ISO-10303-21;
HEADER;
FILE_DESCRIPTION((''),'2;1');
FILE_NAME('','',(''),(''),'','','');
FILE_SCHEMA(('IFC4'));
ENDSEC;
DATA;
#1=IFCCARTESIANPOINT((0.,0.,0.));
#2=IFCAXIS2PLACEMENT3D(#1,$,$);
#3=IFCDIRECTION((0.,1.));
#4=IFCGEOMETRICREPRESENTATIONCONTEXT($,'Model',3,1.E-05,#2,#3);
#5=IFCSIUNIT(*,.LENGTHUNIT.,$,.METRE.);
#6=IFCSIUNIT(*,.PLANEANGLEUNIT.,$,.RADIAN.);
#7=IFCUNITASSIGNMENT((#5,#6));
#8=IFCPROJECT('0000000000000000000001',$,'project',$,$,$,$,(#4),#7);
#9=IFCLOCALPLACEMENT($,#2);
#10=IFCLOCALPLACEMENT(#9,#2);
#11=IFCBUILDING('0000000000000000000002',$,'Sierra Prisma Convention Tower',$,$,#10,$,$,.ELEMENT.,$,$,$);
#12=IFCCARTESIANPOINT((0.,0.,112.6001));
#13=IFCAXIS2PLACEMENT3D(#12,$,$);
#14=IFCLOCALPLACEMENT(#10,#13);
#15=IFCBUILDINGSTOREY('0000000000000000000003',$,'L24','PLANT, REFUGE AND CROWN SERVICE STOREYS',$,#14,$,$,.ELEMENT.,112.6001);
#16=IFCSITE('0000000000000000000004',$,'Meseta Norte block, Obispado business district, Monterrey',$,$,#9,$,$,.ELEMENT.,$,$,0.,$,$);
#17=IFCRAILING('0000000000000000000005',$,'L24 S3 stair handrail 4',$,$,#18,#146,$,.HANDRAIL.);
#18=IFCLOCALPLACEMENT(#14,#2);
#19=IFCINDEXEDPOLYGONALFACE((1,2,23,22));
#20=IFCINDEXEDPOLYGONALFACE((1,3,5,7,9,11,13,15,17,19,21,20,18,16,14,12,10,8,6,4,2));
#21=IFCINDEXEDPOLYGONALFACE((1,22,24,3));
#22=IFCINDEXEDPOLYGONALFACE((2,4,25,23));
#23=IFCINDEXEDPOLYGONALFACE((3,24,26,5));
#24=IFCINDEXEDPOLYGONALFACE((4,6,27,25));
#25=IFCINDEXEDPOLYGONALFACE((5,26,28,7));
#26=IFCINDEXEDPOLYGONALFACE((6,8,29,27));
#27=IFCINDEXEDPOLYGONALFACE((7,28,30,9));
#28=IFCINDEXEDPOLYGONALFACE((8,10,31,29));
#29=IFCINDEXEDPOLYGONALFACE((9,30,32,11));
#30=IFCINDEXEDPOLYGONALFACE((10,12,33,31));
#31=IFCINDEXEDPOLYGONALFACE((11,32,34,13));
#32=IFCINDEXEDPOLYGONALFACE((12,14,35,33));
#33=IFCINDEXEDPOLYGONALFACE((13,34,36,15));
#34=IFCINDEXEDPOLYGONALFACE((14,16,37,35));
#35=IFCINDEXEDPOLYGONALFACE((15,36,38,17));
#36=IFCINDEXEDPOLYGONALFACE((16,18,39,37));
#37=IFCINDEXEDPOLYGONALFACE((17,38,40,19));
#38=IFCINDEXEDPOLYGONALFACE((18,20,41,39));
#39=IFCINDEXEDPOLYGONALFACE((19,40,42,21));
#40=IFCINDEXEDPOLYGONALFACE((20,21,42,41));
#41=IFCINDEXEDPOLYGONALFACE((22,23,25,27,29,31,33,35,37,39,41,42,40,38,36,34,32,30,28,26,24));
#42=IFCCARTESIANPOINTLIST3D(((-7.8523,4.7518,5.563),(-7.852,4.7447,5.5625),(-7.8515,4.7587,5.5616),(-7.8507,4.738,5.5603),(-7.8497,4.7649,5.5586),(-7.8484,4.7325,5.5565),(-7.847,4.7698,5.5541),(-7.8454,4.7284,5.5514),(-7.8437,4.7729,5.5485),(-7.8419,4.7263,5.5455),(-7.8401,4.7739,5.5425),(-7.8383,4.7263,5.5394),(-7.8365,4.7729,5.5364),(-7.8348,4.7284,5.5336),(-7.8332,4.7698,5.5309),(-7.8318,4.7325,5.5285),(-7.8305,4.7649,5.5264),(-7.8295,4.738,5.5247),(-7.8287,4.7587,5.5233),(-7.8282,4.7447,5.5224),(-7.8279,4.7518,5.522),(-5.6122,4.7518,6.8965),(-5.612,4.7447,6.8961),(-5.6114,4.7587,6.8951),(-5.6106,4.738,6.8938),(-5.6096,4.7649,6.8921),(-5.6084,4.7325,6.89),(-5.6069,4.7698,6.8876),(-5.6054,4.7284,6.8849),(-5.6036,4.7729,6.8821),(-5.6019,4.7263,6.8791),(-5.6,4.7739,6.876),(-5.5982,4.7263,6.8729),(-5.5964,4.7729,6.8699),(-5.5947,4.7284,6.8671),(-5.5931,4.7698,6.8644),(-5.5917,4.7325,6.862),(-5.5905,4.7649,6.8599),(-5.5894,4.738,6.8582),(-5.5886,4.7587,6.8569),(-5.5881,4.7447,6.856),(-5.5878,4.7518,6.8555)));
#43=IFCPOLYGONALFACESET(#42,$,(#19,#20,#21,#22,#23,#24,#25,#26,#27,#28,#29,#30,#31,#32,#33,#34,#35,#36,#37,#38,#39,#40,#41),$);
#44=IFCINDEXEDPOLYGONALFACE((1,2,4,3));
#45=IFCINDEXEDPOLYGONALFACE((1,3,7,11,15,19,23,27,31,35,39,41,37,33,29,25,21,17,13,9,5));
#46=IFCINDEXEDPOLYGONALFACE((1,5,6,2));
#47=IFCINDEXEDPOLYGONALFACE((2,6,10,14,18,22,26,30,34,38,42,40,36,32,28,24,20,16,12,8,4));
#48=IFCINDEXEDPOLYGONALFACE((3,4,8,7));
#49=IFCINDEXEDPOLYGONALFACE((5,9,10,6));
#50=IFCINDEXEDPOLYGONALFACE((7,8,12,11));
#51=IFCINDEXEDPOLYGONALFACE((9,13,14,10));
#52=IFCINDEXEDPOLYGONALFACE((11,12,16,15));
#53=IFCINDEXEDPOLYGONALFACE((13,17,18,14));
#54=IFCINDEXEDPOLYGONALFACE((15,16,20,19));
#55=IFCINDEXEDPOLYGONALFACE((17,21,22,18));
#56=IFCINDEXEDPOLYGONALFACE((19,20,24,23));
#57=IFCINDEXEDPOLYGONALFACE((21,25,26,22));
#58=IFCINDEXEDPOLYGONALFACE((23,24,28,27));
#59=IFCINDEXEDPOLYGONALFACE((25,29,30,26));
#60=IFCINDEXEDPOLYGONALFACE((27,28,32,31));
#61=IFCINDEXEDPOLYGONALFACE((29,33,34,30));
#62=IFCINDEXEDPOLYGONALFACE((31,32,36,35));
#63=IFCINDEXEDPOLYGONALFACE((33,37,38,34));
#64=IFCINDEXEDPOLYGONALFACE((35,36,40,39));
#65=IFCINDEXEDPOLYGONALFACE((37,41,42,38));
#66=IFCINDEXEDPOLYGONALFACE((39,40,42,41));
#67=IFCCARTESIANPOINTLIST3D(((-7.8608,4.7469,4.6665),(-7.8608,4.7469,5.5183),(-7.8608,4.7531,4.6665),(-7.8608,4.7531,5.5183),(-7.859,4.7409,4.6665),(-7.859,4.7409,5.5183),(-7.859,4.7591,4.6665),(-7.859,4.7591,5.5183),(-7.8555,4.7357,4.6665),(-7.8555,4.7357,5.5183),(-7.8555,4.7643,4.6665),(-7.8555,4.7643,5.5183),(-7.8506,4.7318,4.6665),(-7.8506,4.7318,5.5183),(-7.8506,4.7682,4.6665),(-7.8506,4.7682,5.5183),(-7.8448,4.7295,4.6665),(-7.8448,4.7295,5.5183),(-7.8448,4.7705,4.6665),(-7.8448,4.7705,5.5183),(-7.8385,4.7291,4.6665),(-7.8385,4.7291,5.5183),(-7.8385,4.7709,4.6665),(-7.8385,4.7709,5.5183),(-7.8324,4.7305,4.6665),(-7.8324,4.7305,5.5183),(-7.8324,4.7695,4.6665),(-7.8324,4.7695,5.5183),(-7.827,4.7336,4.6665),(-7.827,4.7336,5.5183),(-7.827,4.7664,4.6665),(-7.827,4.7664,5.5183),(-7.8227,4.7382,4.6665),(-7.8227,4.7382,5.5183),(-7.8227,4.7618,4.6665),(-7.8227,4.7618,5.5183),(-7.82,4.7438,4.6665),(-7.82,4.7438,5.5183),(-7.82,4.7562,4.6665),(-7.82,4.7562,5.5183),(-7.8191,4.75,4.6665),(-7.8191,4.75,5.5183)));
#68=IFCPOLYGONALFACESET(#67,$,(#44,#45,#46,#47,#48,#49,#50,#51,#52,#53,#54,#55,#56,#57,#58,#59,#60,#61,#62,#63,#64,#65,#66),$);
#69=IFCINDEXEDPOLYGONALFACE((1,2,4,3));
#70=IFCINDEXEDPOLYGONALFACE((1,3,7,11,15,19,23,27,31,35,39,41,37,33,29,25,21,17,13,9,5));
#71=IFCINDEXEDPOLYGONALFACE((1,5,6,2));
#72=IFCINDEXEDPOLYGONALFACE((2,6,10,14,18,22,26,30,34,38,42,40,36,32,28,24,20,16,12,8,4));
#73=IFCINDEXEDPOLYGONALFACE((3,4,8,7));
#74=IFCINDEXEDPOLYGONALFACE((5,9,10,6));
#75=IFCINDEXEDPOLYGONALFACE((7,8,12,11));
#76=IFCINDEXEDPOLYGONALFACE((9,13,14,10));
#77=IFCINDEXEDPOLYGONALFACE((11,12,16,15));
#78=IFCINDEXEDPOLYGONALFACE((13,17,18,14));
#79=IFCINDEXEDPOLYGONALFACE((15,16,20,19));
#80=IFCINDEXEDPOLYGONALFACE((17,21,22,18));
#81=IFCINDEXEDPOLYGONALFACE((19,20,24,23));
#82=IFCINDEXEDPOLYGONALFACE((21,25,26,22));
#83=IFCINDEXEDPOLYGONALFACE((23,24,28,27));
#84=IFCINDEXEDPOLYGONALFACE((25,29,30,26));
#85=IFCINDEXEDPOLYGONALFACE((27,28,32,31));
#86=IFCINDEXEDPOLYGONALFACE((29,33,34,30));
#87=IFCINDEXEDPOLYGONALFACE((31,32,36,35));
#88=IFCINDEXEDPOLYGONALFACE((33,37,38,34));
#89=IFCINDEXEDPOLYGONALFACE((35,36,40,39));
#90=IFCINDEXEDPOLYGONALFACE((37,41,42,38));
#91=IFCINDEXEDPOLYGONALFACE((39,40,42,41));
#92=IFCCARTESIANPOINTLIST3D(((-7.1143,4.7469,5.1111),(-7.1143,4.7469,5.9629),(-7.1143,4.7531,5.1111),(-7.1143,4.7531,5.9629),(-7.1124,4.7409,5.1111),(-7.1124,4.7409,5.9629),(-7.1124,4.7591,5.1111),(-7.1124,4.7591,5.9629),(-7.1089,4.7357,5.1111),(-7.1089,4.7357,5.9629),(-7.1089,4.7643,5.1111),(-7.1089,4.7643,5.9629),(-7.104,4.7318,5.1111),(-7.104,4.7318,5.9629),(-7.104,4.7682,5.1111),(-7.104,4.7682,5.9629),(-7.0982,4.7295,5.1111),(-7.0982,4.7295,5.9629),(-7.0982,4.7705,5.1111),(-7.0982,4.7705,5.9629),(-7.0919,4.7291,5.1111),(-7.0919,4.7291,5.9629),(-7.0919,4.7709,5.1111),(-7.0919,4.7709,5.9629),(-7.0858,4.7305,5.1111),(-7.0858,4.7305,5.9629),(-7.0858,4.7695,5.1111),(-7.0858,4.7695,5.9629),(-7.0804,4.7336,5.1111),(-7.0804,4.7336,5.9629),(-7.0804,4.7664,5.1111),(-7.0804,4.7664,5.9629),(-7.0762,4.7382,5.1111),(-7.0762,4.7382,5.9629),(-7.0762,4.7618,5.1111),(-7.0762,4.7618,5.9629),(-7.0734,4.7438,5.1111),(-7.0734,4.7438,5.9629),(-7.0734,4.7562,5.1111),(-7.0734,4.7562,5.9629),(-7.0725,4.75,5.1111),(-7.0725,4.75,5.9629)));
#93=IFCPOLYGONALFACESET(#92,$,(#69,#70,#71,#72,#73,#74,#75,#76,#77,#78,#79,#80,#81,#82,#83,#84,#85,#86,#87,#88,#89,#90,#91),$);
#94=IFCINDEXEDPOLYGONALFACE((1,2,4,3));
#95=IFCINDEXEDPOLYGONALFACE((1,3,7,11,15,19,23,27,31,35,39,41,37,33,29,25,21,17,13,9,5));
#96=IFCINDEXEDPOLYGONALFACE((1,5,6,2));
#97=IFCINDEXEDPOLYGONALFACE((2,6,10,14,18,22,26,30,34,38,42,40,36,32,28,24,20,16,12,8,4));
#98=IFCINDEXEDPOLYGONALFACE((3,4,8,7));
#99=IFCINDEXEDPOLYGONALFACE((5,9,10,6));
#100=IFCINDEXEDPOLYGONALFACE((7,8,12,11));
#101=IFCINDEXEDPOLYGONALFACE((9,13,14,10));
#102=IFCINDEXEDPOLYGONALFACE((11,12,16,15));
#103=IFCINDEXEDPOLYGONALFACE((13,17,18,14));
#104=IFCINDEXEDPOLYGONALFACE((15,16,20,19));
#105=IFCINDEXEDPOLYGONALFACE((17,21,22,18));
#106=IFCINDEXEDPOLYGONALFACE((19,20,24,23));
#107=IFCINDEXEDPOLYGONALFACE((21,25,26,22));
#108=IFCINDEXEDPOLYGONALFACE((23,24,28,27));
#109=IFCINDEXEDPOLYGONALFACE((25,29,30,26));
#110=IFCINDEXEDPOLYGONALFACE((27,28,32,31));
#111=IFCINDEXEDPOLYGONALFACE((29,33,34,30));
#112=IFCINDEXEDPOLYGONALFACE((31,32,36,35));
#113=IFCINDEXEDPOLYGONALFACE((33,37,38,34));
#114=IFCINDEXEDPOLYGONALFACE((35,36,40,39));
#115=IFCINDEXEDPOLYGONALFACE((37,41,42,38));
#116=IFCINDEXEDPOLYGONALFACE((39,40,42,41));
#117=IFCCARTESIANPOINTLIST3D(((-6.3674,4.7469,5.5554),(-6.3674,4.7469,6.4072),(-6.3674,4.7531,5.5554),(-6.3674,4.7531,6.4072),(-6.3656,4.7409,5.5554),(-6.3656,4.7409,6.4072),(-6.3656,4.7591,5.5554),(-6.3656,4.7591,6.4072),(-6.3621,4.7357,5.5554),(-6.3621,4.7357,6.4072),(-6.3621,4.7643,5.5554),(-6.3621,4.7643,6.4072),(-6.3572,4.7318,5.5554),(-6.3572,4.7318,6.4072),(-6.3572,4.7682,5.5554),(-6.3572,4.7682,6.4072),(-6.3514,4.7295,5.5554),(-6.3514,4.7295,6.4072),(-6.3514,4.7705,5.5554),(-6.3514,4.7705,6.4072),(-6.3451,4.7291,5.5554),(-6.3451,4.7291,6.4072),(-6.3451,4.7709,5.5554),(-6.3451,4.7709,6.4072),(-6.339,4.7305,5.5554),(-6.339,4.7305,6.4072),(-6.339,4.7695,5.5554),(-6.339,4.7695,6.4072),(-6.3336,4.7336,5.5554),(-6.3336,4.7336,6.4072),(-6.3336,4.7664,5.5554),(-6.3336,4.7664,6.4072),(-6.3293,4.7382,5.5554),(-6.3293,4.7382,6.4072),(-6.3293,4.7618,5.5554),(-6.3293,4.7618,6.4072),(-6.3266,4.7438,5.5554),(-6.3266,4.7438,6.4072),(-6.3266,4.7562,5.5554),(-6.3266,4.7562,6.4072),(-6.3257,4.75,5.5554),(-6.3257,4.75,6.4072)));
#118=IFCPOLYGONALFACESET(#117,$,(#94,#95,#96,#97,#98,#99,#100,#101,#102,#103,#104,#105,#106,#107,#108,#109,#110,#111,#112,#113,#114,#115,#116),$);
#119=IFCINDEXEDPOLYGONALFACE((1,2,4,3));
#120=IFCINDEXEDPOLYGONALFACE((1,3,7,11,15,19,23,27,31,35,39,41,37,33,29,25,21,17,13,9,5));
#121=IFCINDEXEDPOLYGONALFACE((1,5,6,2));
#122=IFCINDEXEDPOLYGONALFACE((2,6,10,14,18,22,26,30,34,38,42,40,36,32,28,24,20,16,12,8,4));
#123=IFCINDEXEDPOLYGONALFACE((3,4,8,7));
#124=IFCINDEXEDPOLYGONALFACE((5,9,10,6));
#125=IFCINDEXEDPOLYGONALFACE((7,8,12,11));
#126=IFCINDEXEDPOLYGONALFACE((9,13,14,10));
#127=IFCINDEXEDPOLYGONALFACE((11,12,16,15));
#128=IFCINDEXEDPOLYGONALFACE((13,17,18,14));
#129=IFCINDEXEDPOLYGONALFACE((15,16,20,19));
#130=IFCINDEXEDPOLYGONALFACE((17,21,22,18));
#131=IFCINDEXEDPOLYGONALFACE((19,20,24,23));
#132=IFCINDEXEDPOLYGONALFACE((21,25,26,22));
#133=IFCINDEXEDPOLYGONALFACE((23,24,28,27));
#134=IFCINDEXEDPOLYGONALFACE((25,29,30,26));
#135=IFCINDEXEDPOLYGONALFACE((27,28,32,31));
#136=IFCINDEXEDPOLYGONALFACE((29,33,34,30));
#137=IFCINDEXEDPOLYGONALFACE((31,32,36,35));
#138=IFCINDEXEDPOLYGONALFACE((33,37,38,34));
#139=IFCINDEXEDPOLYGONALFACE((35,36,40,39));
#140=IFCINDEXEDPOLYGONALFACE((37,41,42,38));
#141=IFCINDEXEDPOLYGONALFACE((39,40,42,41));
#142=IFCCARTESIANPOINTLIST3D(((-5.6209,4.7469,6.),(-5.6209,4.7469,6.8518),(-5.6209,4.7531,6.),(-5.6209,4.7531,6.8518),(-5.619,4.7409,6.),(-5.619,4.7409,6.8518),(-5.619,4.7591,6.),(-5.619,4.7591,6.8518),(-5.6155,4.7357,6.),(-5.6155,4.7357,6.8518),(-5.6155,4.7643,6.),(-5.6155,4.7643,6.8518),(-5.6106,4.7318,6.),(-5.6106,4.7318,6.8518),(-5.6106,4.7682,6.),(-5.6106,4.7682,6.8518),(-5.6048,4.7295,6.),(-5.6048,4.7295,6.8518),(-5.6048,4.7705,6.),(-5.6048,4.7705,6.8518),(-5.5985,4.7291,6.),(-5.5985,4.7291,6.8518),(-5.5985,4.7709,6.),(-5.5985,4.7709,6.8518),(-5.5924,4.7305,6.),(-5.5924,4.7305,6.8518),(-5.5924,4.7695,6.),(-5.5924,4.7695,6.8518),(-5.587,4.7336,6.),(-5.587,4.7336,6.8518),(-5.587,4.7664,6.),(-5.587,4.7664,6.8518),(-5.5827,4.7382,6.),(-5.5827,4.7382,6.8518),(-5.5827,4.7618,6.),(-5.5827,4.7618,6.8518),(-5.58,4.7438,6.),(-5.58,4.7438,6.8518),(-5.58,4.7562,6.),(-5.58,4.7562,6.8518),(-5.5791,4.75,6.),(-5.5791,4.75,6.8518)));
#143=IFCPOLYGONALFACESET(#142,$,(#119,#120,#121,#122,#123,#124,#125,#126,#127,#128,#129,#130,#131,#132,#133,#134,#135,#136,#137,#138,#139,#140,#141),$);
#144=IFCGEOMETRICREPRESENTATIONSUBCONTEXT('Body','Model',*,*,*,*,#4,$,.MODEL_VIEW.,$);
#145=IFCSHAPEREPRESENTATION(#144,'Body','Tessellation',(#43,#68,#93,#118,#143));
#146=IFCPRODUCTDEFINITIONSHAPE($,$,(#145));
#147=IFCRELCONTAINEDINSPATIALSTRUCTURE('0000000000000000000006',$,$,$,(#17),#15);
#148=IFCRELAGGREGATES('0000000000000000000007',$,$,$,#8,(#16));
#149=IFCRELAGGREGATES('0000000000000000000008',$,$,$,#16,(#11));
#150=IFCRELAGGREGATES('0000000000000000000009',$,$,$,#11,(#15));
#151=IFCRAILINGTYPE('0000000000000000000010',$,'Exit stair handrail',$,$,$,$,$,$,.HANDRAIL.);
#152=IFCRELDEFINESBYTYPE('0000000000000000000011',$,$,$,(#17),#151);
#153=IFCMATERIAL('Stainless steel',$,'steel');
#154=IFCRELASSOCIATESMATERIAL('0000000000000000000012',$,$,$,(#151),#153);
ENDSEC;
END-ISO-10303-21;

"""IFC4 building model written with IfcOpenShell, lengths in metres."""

from ifc_helpers import new_model, si_unit, direction, frame, origin, origin_2d, place, context, subcontext, project, spatial, circle, extrude, material, type_object, element, save


model = new_model("IFC4")

# Units and contexts
model_context = context("Model", 3, precision=1e-05, world=origin(), true_north=direction((0.0, 1.0)))
body_context = subcontext(model_context, "Body", "Model", "MODEL_VIEW")
ifc_project = project(units=[si_unit("LENGTHUNIT", "METRE"), si_unit("PLANEANGLEUNIT", "RADIAN")], contexts=[model_context])

# Site, building, storey
site_placement = place(None, origin())
site = spatial("IfcSite", under=ifc_project, at=site_placement, Name="Meseta Norte block, Obispado business district, Monterrey", CompositionType="ELEMENT", RefElevation=0.0)
building_placement = place(site_placement, origin())
building = spatial("IfcBuilding", under=site, at=building_placement, Name="Sierra Prisma Convention Tower", CompositionType="ELEMENT")
storey_placement = place(building_placement, frame((0.0, 0.0, 112.6001)))
storey = spatial("IfcBuildingStorey", under=building, at=storey_placement, Name="L24", Description="PLANT, REFUGE AND CROWN SERVICE STOREYS", CompositionType="ELEMENT", Elevation=112.6001)

# Railing
ifc_material_1 = material(Name="Stainless steel", Category="steel")
railing_type_1 = type_object("IfcRailingType", Name="Exit stair handrail", PredefinedType="HANDRAIL", material=ifc_material_1)
for number, where, name in (
    (1, (-7.8401, 4.75, 4.6665), "L24 S3 stair handrail 4"),
):
    element("IfcRailing", number, at=place(storey_placement, frame(where)), inside=storey, type_object=railing_type_1, Name=name, PredefinedType="HANDRAIL", context=body_context, shape_type="SweptSolid", body=[
        extrude(circle(Radius=0.0239, at=origin_2d()), frame((0.0, 0.0, 0.876), z_axis=(0.859264, 0.0, 0.511532), x_axis=(0.0, 1.0, 0.0)), (0.0, 0.0, 1.0), 2.6069),
        extrude(circle(Radius=0.021, at=origin_2d()), origin(), (0.0, 0.0, 1.0), 0.8518),
        extrude(circle(Radius=0.021, at=origin_2d()), frame((0.7466, 0.0, 0.4446)), (0.0, 0.0, 1.0), 0.8518),
        extrude(circle(Radius=0.021, at=origin_2d()), frame((1.4934, 0.0, 0.8889)), (0.0, 0.0, 1.0), 0.8518),
        extrude(circle(Radius=0.021, at=origin_2d()), frame((2.24, 0.0, 1.3335)), (0.0, 0.0, 1.0), 0.8518),
    ])

save(model, "model.ifc")
